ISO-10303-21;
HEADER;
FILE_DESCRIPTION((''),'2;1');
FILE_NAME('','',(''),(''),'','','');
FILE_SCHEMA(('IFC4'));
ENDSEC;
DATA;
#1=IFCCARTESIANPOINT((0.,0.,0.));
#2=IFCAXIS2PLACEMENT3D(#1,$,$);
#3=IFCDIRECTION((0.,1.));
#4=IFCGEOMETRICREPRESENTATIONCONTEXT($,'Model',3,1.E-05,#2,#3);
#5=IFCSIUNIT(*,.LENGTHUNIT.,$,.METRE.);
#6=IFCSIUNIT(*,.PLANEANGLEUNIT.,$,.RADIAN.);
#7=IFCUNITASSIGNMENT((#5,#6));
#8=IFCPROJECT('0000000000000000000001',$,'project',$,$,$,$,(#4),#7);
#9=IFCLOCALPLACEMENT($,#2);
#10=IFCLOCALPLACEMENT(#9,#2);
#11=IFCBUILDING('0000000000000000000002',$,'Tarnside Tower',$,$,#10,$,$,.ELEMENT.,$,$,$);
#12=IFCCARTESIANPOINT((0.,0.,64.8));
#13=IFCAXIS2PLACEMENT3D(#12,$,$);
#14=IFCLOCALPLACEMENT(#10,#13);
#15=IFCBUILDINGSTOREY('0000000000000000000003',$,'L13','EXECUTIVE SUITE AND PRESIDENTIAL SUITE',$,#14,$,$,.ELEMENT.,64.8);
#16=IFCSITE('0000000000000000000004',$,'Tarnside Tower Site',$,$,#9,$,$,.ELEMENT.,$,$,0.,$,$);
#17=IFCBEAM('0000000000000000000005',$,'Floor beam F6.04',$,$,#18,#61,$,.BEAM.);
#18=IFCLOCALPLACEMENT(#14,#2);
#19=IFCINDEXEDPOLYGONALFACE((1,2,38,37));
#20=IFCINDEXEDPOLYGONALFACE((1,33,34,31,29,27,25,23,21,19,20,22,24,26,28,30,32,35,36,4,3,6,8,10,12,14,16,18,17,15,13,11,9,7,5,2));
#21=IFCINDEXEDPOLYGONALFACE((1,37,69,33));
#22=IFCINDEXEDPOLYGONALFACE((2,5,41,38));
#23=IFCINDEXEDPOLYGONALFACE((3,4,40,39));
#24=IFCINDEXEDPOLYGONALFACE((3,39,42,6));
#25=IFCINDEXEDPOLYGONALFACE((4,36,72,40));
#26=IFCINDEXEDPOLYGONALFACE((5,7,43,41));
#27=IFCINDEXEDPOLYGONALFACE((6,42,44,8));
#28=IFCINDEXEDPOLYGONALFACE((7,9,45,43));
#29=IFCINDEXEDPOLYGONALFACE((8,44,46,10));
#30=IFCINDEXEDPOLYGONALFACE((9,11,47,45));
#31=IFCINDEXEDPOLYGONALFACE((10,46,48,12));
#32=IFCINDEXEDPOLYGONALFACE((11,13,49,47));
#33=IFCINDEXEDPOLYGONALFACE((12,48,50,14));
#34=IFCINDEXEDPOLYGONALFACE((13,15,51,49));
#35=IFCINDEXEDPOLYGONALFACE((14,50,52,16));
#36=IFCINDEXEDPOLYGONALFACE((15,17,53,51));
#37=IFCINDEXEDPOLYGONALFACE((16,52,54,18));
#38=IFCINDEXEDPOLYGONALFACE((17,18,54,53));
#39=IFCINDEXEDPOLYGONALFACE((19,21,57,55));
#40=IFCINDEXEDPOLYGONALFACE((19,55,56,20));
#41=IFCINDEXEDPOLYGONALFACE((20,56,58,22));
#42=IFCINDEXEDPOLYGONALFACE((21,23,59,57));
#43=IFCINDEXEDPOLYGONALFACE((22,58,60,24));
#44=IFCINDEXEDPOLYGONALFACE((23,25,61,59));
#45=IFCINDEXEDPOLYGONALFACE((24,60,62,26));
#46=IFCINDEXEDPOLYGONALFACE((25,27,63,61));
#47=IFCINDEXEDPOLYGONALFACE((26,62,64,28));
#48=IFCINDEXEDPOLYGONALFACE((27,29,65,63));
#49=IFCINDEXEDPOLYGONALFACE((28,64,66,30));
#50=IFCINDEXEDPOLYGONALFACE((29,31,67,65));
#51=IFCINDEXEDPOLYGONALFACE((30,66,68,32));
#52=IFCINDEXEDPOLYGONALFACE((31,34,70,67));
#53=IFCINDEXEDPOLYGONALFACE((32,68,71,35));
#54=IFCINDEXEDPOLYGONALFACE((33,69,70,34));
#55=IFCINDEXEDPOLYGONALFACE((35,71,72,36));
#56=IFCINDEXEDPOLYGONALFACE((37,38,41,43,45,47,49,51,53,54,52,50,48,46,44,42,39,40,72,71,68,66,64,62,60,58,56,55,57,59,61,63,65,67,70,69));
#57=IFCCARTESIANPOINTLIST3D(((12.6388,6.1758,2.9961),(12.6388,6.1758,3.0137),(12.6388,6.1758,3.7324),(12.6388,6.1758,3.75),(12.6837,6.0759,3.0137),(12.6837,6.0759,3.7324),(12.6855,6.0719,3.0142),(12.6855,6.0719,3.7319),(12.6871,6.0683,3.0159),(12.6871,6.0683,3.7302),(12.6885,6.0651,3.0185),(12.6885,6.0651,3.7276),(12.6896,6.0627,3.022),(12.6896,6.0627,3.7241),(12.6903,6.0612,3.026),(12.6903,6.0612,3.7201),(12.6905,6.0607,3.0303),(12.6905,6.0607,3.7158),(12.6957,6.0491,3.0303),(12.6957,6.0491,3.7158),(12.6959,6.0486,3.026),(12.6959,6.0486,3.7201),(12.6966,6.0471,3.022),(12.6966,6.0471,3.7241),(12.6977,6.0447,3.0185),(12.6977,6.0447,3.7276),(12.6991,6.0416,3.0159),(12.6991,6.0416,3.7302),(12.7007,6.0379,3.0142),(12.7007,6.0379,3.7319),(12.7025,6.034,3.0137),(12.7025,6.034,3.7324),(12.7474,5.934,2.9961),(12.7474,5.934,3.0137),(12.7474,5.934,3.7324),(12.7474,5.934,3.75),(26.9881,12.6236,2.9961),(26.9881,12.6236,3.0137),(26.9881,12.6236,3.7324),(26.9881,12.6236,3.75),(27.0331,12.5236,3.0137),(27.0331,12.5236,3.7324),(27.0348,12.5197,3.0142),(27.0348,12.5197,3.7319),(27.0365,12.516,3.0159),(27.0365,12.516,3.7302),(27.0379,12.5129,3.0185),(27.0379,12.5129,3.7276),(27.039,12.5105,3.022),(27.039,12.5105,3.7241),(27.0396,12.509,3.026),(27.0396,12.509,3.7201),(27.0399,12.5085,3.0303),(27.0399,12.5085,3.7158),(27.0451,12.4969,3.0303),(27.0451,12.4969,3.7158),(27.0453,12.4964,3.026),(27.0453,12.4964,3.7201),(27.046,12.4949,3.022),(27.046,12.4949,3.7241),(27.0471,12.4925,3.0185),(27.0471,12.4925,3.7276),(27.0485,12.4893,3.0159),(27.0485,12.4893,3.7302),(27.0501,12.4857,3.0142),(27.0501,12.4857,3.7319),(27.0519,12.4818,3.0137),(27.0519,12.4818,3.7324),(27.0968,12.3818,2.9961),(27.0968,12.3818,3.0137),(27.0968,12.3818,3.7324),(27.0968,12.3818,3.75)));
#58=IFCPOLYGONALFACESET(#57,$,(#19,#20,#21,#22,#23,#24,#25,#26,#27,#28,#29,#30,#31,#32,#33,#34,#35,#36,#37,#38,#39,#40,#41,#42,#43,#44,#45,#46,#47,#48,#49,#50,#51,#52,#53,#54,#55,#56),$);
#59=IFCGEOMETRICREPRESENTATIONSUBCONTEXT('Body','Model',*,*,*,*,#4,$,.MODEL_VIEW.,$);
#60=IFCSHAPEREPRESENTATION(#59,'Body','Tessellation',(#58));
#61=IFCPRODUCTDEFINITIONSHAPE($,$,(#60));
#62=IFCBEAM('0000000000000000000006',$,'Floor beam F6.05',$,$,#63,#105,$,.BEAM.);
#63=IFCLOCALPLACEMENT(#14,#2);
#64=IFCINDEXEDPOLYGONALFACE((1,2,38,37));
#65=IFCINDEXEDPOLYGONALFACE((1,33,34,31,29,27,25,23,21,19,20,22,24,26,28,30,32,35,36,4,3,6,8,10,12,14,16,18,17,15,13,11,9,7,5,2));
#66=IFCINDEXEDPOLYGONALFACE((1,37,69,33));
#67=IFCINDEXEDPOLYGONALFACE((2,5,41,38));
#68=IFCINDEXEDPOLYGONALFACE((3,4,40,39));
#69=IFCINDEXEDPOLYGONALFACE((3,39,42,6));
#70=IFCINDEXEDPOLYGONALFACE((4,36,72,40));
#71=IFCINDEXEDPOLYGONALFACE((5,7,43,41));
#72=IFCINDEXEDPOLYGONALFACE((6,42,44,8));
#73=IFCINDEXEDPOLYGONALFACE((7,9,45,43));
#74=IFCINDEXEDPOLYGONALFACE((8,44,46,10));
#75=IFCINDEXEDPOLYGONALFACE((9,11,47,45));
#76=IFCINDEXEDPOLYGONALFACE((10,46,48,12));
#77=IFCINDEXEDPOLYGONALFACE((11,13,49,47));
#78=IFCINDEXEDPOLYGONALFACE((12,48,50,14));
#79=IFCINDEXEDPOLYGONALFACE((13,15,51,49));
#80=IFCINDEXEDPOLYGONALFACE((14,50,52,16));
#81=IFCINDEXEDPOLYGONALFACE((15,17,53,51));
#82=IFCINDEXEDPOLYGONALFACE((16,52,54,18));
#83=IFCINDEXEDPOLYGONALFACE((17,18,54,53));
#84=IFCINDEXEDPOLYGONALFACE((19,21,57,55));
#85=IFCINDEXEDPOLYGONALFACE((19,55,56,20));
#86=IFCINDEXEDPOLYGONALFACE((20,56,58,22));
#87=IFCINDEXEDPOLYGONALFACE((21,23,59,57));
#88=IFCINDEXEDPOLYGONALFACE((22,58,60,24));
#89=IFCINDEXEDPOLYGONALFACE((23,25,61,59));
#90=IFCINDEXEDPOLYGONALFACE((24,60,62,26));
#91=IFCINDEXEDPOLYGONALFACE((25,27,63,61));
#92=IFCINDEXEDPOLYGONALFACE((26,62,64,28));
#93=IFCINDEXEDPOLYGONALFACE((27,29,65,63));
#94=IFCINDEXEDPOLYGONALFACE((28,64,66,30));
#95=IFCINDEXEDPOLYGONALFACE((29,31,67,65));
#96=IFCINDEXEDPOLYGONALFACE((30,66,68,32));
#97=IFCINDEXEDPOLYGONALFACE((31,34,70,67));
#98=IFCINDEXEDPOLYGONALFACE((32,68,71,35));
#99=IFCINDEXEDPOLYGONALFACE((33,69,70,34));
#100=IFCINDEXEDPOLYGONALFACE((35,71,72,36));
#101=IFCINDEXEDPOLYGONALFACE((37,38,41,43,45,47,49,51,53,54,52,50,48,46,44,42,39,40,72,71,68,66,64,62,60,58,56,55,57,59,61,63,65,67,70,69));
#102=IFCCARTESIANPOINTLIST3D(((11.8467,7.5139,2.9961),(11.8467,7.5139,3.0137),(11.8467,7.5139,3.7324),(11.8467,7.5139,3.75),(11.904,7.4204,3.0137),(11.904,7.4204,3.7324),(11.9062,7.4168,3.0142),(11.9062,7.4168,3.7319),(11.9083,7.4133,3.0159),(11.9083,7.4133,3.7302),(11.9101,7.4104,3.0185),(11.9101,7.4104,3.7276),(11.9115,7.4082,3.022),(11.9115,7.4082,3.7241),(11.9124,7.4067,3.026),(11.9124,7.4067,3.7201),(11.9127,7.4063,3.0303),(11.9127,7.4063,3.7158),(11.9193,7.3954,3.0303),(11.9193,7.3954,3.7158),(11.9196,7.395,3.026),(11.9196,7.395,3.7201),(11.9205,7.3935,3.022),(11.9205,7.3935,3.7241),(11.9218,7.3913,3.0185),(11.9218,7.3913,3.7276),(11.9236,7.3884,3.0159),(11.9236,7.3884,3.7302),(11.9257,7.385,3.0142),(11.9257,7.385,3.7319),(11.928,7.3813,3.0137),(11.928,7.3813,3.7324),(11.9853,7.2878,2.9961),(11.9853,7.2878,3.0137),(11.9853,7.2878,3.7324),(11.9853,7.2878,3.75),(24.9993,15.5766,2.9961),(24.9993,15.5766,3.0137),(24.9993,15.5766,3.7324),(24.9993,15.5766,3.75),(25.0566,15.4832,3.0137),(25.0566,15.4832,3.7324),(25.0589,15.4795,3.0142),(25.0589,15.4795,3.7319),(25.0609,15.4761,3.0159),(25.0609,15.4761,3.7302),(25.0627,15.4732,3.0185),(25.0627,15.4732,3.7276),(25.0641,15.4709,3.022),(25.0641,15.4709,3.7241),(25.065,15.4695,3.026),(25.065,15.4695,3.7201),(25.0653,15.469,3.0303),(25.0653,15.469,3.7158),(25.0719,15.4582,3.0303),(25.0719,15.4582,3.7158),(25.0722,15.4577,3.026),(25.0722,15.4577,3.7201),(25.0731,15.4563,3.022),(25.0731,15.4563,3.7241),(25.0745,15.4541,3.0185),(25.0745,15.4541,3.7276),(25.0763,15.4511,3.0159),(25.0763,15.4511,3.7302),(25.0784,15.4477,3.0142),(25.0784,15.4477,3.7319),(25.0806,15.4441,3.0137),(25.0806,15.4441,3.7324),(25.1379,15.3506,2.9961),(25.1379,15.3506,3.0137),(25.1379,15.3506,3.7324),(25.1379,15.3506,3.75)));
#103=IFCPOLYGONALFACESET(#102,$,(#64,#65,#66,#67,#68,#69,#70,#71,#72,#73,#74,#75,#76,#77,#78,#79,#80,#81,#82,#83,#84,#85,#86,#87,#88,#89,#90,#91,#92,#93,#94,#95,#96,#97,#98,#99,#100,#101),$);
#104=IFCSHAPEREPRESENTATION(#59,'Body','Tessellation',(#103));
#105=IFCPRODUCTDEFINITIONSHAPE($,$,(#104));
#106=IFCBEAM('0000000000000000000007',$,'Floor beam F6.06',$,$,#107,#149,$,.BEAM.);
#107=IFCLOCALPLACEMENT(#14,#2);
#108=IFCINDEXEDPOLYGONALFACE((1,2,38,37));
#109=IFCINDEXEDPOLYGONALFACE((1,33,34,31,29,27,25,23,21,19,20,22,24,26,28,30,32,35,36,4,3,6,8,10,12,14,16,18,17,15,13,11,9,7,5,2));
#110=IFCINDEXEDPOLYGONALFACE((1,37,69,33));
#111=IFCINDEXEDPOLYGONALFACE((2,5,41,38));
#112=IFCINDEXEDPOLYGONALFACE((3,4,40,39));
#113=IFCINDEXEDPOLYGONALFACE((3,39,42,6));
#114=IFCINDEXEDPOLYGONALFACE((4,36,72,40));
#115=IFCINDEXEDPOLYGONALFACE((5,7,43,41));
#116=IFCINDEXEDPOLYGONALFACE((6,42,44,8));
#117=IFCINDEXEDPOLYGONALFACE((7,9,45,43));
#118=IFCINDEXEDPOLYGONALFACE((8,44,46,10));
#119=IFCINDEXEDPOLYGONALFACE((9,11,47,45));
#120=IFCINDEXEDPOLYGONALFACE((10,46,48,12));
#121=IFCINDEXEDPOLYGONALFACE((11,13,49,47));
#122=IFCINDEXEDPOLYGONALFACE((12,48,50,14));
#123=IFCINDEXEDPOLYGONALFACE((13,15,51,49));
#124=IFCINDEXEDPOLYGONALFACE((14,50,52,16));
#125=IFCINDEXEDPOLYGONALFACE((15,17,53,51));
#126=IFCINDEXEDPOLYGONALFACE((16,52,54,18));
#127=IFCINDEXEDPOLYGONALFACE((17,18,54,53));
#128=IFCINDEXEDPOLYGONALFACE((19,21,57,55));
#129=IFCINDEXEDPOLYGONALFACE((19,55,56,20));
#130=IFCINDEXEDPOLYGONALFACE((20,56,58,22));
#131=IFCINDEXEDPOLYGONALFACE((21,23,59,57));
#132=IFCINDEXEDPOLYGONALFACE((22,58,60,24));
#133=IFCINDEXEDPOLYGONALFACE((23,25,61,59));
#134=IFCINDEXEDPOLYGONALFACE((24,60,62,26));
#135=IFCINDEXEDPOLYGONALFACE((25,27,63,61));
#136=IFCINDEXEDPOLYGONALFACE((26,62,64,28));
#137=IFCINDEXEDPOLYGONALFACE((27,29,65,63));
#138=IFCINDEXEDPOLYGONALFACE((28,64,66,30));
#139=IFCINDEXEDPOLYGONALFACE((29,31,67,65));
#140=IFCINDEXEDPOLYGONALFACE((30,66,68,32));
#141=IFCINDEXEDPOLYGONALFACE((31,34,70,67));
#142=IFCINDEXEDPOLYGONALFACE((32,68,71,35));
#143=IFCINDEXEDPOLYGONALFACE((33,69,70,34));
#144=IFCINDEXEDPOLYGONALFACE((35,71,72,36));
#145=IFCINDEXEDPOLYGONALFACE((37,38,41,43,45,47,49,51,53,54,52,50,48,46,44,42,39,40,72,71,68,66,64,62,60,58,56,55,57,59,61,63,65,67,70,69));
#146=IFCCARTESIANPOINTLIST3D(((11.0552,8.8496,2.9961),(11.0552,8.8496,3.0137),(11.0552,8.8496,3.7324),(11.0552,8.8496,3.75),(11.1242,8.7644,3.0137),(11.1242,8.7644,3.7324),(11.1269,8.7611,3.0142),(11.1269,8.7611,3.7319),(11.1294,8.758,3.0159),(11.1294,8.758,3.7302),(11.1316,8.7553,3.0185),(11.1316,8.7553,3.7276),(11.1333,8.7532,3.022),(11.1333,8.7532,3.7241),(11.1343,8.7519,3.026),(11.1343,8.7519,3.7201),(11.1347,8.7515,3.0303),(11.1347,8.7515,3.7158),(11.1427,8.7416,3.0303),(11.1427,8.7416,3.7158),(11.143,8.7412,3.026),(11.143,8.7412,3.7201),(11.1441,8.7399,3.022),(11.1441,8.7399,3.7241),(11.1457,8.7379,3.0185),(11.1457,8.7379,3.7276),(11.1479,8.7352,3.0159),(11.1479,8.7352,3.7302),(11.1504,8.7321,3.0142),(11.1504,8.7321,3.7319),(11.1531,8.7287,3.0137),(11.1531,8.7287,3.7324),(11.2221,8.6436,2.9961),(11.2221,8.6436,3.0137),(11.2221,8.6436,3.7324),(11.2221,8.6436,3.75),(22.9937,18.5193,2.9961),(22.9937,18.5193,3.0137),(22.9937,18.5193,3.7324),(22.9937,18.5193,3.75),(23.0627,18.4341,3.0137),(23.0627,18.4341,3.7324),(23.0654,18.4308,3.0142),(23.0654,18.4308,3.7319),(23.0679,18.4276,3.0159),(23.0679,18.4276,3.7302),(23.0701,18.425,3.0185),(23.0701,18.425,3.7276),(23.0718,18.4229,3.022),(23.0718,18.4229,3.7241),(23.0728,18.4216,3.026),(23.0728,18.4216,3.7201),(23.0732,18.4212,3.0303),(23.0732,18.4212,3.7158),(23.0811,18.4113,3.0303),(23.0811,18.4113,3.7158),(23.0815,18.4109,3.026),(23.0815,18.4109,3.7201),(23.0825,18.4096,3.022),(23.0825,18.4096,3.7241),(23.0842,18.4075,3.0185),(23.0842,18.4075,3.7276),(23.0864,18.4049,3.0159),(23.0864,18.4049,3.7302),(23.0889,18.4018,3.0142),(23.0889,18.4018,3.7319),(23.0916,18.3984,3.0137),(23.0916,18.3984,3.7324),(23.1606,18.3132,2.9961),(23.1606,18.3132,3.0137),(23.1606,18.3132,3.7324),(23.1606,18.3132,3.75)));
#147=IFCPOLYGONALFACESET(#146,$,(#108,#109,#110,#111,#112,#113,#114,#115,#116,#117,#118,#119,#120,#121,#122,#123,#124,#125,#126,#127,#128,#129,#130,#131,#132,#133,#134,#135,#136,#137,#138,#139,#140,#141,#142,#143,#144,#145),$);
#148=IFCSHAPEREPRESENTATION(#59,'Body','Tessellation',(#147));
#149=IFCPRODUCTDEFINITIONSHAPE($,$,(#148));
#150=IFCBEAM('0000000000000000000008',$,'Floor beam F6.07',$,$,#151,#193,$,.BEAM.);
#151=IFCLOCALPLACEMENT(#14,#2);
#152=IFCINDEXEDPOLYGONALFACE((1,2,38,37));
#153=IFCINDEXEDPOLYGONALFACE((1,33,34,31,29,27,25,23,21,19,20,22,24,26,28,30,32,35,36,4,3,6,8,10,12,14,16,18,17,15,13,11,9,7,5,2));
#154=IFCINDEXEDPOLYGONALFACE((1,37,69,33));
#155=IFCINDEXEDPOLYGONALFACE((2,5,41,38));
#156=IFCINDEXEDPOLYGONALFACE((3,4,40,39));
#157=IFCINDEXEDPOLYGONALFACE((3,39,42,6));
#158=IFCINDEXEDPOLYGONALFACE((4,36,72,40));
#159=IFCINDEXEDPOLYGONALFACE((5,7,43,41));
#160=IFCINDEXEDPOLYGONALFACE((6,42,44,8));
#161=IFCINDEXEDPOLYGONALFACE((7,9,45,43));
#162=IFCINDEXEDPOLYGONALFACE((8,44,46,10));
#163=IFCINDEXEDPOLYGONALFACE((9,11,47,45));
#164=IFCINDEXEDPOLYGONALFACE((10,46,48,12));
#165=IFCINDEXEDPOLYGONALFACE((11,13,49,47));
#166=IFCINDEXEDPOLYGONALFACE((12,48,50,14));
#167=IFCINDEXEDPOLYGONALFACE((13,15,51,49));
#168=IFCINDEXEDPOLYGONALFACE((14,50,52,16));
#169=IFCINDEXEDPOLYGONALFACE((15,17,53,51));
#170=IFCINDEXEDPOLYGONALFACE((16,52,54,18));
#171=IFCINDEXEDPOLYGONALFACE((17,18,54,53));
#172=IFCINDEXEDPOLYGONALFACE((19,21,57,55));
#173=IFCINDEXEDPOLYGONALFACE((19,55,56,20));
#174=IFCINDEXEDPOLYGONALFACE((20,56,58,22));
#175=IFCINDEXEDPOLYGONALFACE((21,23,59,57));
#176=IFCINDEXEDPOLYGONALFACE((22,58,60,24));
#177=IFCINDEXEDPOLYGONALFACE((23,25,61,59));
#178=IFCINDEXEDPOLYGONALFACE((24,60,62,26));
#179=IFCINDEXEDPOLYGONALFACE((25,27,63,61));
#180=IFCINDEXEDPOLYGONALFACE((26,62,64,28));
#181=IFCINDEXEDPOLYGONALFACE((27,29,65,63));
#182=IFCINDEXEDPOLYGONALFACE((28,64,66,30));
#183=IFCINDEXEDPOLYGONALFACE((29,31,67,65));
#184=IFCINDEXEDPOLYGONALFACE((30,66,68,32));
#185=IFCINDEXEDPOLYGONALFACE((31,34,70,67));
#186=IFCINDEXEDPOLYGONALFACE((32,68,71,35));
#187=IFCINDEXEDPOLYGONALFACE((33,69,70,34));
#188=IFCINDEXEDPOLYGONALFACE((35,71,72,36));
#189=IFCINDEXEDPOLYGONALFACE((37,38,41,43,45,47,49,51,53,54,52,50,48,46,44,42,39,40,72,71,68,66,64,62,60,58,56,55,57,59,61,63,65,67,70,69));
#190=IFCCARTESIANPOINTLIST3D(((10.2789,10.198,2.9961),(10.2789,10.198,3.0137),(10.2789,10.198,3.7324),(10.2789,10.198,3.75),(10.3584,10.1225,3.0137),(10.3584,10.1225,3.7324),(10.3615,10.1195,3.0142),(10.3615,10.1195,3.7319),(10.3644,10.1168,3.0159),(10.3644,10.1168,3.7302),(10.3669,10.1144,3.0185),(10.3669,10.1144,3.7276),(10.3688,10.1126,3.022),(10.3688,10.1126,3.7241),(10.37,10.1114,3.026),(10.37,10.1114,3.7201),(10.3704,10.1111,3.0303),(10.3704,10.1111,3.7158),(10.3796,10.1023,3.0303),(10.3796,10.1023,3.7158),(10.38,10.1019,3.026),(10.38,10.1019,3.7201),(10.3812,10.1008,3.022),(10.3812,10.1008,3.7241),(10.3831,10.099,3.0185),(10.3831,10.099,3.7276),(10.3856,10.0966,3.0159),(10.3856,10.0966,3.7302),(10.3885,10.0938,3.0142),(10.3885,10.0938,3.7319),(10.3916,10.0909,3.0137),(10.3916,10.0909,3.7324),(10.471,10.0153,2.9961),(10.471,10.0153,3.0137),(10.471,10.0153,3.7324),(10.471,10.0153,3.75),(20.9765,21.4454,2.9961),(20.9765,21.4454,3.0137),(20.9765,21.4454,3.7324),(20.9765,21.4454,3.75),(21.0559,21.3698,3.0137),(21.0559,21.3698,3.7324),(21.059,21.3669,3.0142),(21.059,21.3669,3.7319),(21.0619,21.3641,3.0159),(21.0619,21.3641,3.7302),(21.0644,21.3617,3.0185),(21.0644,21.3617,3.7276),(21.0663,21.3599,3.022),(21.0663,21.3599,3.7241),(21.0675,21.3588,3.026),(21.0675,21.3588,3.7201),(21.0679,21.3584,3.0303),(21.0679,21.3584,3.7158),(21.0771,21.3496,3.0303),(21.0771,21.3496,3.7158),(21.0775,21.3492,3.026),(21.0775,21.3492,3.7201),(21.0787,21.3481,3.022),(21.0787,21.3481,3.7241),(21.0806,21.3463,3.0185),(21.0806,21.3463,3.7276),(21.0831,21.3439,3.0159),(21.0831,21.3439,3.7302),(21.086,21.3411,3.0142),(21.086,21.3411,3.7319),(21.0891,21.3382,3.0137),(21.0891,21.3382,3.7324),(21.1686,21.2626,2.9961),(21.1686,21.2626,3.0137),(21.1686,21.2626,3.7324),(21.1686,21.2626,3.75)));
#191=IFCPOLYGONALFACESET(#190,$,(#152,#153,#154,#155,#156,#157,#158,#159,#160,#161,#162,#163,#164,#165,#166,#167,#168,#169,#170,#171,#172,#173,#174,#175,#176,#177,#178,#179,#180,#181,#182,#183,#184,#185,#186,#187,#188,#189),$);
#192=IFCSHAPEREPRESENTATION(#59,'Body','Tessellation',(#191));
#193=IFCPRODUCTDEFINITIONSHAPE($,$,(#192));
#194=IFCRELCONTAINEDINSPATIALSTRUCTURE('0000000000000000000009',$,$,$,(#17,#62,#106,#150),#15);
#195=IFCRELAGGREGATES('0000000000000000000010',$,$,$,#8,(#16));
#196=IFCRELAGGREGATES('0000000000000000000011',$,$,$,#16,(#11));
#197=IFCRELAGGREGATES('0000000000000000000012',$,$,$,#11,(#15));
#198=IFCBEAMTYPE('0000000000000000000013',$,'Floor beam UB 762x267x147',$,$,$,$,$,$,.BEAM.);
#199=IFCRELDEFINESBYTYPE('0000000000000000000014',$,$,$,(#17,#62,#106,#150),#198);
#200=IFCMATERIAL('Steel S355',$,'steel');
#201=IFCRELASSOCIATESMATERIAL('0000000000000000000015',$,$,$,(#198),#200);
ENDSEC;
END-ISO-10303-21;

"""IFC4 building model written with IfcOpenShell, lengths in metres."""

from ifc_helpers import new_model, si_unit, direction, frame, origin, origin_2d, place, context, subcontext, project, spatial, i_section, extrude, material, material_profile, profile_set, type_object, element, save


model = new_model("IFC4")

# Units and contexts
model_context = context("Model", 3, precision=1e-05, world=origin(), true_north=direction((0.0, 1.0)))
body_context = subcontext(model_context, "Body", "Model", "MODEL_VIEW")
ifc_project = project(units=[si_unit("LENGTHUNIT", "METRE"), si_unit("PLANEANGLEUNIT", "RADIAN")], contexts=[model_context])

# Site, building, storey
site_placement = place(None, origin())
site = spatial("IfcSite", under=ifc_project, at=site_placement, Name="Tarnside Tower Site", CompositionType="ELEMENT", RefElevation=0.0)
building_placement = place(site_placement, origin())
building = spatial("IfcBuilding", under=site, at=building_placement, Name="Tarnside Tower", CompositionType="ELEMENT")
storey_placement = place(building_placement, frame((0.0, 0.0, 64.8)))
storey = spatial("IfcBuildingStorey", under=building, at=storey_placement, Name="L13", Description="EXECUTIVE SUITE AND PRESIDENTIAL SUITE", CompositionType="ELEMENT", Elevation=64.8)

# Beams
ifc_material_1 = material(Name="Steel S355", Category="steel")
ifc_material_profile_1 = material_profile(ifc_material_1, i_section(OverallWidth=0.2651, OverallDepth=0.7539, WebThickness=0.0127, FlangeThickness=0.0176, FilletRadius=0.0166, at=origin_2d()), Name="UB 762x267x147")
ifc_profile_set_1 = profile_set([ifc_material_profile_1], Name="Steel S355")
beam_type_1 = type_object("IfcBeamType", Name="Floor beam UB 762x267x147", PredefinedType="BEAM", material=ifc_profile_set_1)
beam_1_placement = place(storey_placement, frame((27.0425, 12.5027, 3.373), z_axis=(-0.912146, -0.409865, 0.0), x_axis=(0.409865, -0.912146, 0.0)))
element("IfcBeam", 1, at=beam_1_placement, inside=storey, type_object=beam_type_1, Name="Floor beam F6.04", PredefinedType="BEAM", context=body_context, shape_type="SweptSolid", body=[
    extrude(i_section(OverallWidth=0.2651, OverallDepth=0.7539, WebThickness=0.0127, FlangeThickness=0.0176, FilletRadius=0.0166, at=origin_2d()), origin(), (0.0, 0.0, 1.0), 15.7314),
])
beam_2_placement = place(storey_placement, frame((25.0686, 15.4636, 3.373), z_axis=(-0.852558, -0.522632, 0.0), x_axis=(0.522632, -0.852558, 0.0)))
element("IfcBeam", 2, at=beam_2_placement, inside=storey, type_object=beam_type_1, Name="Floor beam F6.05", PredefinedType="BEAM", context=body_context, shape_type="SweptSolid", body=[
    extrude(i_section(OverallWidth=0.2651, OverallDepth=0.7539, WebThickness=0.0127, FlangeThickness=0.0176, FilletRadius=0.0166, at=origin_2d()), origin(), (0.0, 0.0, 1.0), 15.4272),
])
beam_3_placement = place(storey_placement, frame((23.0771, 18.4163, 3.373), z_axis=(-0.777079, -0.629403, 0.0), x_axis=(0.629403, -0.777079, 0.0)))
element("IfcBeam", 3, at=beam_3_placement, inside=storey, type_object=beam_type_1, Name="Floor beam F6.06", PredefinedType="BEAM", context=body_context, shape_type="SweptSolid", body=[
    extrude(i_section(OverallWidth=0.2651, OverallDepth=0.7539, WebThickness=0.0127, FlangeThickness=0.0176, FilletRadius=0.0166, at=origin_2d()), origin(), (0.0, 0.0, 1.0), 15.3633),
])
beam_4_placement = place(storey_placement, frame((21.0725, 21.354, 3.373), z_axis=(-0.689175, -0.724595, 0.0), x_axis=(0.724595, -0.689175, 0.0)))
element("IfcBeam", 4, at=beam_4_placement, inside=storey, type_object=beam_type_1, Name="Floor beam F6.07", PredefinedType="BEAM", context=body_context, shape_type="SweptSolid", body=[
    extrude(i_section(OverallWidth=0.2651, OverallDepth=0.7539, WebThickness=0.0127, FlangeThickness=0.0176, FilletRadius=0.0166, at=origin_2d()), origin(), (0.0, 0.0, 1.0), 15.5222),
])

save(model, "model.ifc")
